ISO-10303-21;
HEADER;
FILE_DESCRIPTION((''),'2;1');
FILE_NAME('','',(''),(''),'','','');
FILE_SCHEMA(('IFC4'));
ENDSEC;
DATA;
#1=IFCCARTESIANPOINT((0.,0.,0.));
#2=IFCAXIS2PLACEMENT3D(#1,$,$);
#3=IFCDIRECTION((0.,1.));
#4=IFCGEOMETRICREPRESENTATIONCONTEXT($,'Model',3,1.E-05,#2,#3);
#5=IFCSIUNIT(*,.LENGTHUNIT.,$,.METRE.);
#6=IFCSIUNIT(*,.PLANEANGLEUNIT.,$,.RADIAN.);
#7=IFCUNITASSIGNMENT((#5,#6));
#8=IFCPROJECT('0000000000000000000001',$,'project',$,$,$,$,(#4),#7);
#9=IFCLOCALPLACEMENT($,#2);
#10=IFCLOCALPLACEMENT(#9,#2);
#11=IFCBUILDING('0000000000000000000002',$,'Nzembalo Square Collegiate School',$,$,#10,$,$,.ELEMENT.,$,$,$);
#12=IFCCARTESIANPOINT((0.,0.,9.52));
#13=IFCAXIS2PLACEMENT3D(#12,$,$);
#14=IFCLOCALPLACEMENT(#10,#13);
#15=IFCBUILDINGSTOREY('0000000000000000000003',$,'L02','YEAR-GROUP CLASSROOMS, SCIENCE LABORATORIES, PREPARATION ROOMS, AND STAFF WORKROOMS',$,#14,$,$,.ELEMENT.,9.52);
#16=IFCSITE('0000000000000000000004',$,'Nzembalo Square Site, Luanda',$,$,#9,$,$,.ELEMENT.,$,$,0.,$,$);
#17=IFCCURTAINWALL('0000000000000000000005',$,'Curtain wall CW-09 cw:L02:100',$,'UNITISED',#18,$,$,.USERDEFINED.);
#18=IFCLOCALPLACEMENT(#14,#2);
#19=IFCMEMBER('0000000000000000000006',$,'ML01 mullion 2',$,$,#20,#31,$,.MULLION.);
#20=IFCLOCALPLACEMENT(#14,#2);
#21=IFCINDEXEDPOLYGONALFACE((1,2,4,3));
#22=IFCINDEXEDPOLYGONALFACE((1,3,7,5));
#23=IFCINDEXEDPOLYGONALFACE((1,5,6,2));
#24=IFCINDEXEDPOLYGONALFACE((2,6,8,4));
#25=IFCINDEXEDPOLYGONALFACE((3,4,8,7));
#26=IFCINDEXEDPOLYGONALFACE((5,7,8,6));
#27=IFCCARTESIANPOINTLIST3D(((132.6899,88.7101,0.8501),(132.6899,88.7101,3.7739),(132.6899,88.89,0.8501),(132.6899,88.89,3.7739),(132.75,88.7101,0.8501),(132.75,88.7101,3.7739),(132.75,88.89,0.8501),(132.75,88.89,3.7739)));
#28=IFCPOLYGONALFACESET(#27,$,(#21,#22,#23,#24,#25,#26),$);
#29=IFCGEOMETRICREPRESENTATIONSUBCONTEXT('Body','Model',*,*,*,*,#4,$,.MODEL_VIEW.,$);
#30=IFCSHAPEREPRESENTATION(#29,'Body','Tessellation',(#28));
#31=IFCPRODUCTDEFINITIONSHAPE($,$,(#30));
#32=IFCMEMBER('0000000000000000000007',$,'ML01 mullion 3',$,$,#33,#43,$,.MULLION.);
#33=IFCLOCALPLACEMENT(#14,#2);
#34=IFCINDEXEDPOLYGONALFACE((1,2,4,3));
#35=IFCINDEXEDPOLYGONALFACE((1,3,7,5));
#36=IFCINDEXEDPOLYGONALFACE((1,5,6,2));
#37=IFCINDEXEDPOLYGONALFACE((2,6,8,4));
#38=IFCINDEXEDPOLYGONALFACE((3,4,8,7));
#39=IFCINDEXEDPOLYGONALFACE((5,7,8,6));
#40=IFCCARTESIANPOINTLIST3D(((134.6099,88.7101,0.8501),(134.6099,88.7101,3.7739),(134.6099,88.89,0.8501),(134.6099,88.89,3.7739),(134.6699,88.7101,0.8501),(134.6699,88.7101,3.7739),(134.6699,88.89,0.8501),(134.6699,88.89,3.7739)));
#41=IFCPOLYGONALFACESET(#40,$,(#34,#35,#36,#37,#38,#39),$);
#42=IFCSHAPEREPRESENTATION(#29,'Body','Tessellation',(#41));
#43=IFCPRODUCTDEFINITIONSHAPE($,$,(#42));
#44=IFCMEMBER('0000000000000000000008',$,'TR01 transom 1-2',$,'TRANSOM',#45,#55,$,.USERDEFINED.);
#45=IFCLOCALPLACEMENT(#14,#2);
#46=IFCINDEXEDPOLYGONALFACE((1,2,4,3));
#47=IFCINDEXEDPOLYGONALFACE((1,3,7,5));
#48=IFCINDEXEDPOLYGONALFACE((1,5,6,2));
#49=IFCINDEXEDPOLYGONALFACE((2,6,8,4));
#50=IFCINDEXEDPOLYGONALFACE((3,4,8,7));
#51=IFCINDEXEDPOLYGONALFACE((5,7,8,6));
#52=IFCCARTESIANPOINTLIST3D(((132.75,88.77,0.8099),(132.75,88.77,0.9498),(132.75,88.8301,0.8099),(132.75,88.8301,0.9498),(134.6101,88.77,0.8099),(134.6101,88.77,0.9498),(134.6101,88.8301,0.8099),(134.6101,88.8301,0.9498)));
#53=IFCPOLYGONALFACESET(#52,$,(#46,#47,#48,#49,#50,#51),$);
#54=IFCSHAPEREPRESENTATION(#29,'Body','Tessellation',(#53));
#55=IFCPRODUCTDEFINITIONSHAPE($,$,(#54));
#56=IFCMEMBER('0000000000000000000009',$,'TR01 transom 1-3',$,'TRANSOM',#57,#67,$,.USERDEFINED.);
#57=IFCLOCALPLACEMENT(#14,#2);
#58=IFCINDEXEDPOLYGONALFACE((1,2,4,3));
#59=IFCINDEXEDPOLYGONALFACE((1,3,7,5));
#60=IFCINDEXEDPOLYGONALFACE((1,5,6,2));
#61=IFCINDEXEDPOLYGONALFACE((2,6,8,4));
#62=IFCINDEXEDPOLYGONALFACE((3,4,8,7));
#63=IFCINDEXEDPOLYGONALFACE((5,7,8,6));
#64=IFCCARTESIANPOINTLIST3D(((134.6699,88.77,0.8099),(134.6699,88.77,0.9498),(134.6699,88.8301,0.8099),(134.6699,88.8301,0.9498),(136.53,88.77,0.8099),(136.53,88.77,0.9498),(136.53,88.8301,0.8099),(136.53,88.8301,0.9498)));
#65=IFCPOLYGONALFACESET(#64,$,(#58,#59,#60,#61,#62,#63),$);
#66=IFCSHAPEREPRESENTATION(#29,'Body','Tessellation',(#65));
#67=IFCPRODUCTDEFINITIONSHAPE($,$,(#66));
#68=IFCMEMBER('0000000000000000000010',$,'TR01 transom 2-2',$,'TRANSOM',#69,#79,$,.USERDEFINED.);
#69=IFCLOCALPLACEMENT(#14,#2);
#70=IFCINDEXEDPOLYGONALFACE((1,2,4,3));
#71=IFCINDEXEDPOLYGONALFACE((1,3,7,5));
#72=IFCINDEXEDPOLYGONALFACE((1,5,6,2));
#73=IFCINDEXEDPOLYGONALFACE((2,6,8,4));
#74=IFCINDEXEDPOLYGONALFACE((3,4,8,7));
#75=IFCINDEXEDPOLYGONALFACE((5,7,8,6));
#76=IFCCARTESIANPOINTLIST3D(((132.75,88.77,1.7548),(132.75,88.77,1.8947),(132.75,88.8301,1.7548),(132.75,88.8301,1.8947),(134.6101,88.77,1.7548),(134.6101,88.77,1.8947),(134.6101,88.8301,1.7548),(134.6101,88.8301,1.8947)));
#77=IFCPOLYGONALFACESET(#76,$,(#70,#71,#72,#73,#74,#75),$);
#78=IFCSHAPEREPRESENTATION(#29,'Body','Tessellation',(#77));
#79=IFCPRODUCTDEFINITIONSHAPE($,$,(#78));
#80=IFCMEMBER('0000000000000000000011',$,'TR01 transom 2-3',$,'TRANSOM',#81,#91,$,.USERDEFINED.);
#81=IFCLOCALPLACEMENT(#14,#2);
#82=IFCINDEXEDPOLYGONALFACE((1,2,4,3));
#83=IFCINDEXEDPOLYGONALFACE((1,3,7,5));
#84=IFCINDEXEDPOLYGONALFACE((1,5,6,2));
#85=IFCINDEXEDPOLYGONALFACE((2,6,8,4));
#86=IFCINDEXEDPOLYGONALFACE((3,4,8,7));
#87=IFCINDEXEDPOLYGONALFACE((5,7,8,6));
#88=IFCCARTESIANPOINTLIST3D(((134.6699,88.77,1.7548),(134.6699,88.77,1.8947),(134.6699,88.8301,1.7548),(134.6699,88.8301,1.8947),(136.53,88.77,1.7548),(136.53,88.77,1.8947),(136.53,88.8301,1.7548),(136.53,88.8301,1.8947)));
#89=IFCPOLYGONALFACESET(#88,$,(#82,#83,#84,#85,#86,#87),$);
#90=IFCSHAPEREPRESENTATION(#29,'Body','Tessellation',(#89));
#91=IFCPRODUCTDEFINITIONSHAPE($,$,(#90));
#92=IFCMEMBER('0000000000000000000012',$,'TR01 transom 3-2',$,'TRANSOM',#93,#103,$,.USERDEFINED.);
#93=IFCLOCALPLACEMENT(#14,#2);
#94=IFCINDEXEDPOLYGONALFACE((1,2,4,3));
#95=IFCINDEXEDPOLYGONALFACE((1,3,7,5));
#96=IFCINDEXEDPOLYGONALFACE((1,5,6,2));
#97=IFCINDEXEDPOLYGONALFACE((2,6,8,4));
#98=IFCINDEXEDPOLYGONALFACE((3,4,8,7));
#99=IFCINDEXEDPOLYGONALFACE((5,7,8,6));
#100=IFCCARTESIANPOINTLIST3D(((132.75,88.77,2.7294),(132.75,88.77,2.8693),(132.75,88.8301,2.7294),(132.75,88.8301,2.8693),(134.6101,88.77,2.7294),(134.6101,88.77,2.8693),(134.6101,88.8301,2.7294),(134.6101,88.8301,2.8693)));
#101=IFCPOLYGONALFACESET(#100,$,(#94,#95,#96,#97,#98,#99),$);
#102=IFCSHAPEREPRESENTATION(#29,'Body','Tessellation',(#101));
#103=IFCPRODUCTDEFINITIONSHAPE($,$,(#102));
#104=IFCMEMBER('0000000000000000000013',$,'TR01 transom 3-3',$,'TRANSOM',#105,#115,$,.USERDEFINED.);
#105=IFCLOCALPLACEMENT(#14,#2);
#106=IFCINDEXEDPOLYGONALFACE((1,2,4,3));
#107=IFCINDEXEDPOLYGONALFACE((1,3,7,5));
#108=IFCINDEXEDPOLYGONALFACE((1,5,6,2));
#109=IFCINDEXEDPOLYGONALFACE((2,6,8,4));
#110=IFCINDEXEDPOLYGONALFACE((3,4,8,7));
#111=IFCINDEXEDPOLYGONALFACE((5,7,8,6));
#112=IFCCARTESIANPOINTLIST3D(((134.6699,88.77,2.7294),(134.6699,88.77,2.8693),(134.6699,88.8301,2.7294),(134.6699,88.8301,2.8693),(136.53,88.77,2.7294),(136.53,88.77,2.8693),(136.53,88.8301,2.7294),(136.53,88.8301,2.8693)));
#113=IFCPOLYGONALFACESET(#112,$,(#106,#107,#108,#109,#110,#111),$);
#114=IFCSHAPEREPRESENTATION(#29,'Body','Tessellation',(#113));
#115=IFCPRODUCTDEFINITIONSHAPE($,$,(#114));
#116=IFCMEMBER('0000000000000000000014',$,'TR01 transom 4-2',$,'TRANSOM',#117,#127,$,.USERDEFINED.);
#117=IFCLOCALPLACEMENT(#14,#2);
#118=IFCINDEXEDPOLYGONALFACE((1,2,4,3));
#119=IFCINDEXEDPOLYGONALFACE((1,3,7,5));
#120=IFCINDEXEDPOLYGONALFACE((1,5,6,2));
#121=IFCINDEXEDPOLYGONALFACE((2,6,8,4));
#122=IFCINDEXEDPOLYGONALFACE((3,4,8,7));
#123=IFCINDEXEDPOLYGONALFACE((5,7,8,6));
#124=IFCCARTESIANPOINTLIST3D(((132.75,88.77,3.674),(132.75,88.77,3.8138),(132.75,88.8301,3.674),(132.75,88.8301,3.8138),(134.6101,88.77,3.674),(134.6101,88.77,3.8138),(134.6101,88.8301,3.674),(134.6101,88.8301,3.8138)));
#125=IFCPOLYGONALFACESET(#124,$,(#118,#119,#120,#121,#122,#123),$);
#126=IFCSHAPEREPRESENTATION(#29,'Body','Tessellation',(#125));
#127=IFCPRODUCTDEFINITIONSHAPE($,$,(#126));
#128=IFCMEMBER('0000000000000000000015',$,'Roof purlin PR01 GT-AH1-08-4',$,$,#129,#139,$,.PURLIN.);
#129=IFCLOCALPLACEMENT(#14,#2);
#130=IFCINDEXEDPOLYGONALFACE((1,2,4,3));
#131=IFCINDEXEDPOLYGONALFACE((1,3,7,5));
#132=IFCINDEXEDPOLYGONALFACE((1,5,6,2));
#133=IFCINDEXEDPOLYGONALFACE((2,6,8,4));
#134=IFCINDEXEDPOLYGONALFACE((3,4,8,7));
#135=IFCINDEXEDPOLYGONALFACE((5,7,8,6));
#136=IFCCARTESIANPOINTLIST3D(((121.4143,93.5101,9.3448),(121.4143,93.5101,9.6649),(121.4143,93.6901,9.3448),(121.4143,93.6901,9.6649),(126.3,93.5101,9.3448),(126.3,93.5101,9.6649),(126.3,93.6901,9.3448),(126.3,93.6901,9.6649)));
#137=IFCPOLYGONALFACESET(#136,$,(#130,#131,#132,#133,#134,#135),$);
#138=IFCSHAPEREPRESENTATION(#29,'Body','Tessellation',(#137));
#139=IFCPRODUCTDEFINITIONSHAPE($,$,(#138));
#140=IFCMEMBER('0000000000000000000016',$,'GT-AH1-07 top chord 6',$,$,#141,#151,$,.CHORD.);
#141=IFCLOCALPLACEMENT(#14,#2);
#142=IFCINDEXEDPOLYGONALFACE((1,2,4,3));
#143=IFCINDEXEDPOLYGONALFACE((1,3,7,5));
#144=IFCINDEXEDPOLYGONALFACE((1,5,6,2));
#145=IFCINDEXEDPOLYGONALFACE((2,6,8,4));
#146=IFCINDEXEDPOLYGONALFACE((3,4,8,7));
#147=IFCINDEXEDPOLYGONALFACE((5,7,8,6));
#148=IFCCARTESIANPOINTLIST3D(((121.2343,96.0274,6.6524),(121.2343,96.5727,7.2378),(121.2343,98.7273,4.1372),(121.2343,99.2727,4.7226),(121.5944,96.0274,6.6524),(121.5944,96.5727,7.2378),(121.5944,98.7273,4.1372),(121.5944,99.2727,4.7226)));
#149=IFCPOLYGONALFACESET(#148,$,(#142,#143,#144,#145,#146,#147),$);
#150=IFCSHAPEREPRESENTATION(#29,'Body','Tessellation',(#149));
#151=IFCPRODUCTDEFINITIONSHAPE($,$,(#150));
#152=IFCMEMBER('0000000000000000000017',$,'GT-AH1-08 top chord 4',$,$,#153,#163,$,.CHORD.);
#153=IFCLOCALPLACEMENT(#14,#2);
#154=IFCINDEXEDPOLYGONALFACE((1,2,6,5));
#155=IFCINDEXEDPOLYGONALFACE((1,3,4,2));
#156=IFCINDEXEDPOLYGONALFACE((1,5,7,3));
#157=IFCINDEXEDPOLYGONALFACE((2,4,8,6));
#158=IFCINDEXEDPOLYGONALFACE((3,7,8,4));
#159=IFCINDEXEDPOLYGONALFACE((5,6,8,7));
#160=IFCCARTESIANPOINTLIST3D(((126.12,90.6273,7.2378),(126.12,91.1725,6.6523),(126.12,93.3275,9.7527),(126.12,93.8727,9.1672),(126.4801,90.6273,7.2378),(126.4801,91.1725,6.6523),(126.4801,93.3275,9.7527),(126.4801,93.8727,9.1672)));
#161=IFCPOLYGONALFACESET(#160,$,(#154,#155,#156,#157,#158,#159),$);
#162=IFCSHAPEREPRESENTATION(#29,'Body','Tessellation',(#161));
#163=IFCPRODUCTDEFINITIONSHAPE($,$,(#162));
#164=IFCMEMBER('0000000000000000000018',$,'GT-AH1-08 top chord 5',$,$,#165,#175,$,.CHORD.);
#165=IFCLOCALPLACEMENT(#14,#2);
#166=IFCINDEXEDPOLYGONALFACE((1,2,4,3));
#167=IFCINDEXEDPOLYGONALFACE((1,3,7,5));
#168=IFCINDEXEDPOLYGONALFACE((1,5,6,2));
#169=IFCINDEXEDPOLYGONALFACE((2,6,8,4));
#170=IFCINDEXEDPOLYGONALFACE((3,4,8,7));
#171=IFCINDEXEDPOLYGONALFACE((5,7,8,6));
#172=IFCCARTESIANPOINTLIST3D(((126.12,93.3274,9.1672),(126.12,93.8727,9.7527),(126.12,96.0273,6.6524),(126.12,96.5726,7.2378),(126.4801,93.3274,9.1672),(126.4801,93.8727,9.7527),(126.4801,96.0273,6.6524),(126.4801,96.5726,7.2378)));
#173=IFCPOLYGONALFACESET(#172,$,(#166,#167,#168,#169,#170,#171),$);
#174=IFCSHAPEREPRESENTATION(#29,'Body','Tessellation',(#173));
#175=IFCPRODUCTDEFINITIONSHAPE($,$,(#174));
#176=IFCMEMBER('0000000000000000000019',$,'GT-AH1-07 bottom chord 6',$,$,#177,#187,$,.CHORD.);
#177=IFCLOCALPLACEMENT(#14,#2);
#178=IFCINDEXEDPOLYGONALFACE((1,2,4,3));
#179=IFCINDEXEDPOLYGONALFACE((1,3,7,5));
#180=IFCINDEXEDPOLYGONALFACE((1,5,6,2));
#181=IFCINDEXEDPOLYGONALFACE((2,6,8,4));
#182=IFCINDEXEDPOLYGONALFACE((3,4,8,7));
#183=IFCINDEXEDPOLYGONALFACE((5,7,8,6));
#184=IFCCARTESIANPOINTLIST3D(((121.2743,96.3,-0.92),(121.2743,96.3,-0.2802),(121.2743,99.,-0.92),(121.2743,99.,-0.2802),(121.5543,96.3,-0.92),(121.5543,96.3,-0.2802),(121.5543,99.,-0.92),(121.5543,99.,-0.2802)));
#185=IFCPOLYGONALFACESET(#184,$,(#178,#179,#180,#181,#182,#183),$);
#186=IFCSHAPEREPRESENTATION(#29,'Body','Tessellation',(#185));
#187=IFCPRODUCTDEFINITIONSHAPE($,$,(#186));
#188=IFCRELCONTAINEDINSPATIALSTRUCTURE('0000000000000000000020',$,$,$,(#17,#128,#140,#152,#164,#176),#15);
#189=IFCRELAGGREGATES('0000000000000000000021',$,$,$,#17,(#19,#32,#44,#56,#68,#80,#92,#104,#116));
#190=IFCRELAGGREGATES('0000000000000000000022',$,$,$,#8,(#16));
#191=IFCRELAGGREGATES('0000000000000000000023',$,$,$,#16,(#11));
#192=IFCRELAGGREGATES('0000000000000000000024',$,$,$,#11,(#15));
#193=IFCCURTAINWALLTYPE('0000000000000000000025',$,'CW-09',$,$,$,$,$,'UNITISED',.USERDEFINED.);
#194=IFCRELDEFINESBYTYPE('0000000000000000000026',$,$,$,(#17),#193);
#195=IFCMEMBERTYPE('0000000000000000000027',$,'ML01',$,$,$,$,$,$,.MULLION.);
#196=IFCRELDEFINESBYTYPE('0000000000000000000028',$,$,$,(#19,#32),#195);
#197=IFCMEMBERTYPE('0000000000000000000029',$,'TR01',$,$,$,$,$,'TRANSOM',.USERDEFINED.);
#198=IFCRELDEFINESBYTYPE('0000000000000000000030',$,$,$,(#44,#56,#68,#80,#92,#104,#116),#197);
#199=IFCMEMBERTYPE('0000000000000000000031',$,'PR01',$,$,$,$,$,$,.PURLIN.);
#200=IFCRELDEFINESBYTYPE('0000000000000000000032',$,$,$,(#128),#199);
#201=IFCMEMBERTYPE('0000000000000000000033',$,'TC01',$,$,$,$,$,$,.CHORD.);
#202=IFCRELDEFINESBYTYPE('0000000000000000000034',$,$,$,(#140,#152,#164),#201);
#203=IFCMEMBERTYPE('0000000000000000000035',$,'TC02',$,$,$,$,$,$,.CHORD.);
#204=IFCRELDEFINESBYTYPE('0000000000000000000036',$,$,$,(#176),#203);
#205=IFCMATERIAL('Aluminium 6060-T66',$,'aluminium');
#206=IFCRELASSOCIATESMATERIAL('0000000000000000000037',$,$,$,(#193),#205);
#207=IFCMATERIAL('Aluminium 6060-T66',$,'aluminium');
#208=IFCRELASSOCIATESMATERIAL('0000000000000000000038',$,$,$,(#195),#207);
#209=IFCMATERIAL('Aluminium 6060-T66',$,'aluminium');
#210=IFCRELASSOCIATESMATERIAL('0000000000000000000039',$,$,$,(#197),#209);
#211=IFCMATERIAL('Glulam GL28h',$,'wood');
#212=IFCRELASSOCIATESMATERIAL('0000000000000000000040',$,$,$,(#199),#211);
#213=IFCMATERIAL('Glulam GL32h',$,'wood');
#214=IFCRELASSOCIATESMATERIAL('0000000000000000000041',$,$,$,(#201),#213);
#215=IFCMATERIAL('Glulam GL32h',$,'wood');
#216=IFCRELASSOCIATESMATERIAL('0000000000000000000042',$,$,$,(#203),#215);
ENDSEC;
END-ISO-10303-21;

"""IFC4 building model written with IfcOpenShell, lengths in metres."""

from ifc_helpers import new_model, si_unit, direction, frame, origin, origin_2d, place, context, subcontext, project, spatial, rectangle, extrude, material, material_profile, profile_set, type_object, element, aggregate, save


model = new_model("IFC4")

# Units and contexts
model_context = context("Model", 3, precision=1e-05, world=origin(), true_north=direction((0.0, 1.0)))
body_context = subcontext(model_context, "Body", "Model", "MODEL_VIEW")
ifc_project = project(units=[si_unit("LENGTHUNIT", "METRE"), si_unit("PLANEANGLEUNIT", "RADIAN")], contexts=[model_context])

# Site, building, storey
site_placement = place(None, origin())
site = spatial("IfcSite", under=ifc_project, at=site_placement, Name="Nzembalo Square Site, Luanda", CompositionType="ELEMENT", RefElevation=0.0)
building_placement = place(site_placement, origin())
building = spatial("IfcBuilding", under=site, at=building_placement, Name="Nzembalo Square Collegiate School", CompositionType="ELEMENT")
storey_placement = place(building_placement, frame((0.0, 0.0, 9.52)))
storey = spatial("IfcBuildingStorey", under=building, at=storey_placement, Name="L02", Description="YEAR-GROUP CLASSROOMS, SCIENCE LABORATORIES, PREPARATION ROOMS, AND STAFF WORKROOMS", CompositionType="ELEMENT", Elevation=9.52)

# Curtain wall, members
ifc_material_1 = material(Name="Aluminium 6060-T66", Category="aluminium")
curtain_wall_type = type_object("IfcCurtainWallType", Name="CW-09", ElementType="UNITISED", PredefinedType="USERDEFINED", material=ifc_material_1)
curtain_wall_placement = place(storey_placement, origin())
curtain_wall = element("IfcCurtainWall", 1, at=curtain_wall_placement, inside=storey, type_object=curtain_wall_type, Name="Curtain wall CW-09 cw:L02:100", ObjectType="UNITISED", PredefinedType="USERDEFINED")
ifc_material_2 = material(Name="Aluminium 6060-T66", Category="aluminium")
ifc_material_profile_1 = material_profile(ifc_material_2, rectangle(XDim=0.0601, YDim=0.1799, at=origin_2d()), Name="ALU M60x180")
ifc_profile_set_1 = profile_set([ifc_material_profile_1], Name="Aluminium 6060-T66")
member_type_1 = type_object("IfcMemberType", Name="ML01", PredefinedType="MULLION", material=ifc_profile_set_1)
member_1_placement = place(storey_placement, frame((132.72, 88.8, 0.8501), z_axis=(0.0, 0.0, 1.0), x_axis=(1.0, 0.0, 0.0)))
member_1 = element("IfcMember", 2, at=member_1_placement, type_object=member_type_1, Name="ML01 mullion 2", PredefinedType="MULLION", context=body_context, shape_type="SweptSolid", body=[
    extrude(rectangle(XDim=0.0601, YDim=0.1799, at=origin_2d()), origin(), (0.0, 0.0, 1.0), 2.9238),
])
member_2_placement = place(storey_placement, frame((134.6399, 88.8, 0.8501), z_axis=(0.0, 0.0, 1.0), x_axis=(1.0, 0.0, 0.0)))
member_2 = element("IfcMember", 3, at=member_2_placement, type_object=member_type_1, Name="ML01 mullion 3", PredefinedType="MULLION", context=body_context, shape_type="SweptSolid", body=[
    extrude(rectangle(XDim=0.0601, YDim=0.1799, at=origin_2d()), origin(), (0.0, 0.0, 1.0), 2.9238),
])
ifc_material_3 = material(Name="Aluminium 6060-T66", Category="aluminium")
ifc_material_profile_2 = material_profile(ifc_material_3, rectangle(XDim=0.0601, YDim=0.1399, at=origin_2d()), Name="ALU T60x140")
ifc_profile_set_2 = profile_set([ifc_material_profile_2], Name="Aluminium 6060-T66")
member_type_2 = type_object("IfcMemberType", Name="TR01", ElementType="TRANSOM", PredefinedType="USERDEFINED", material=ifc_profile_set_2)
member_3_placement = place(storey_placement, frame((132.75, 88.8, 0.8799), z_axis=(1.0, 0.0, 0.0), x_axis=(0.0, 1.0, 0.0)))
member_3 = element("IfcMember", 4, at=member_3_placement, type_object=member_type_2, Name="TR01 transom 1-2", ObjectType="TRANSOM", PredefinedType="USERDEFINED", context=body_context, shape_type="SweptSolid", body=[
    extrude(rectangle(XDim=0.0601, YDim=0.1399, at=origin_2d()), origin(), (0.0, 0.0, 1.0), 1.8601),
])
member_4_placement = place(storey_placement, frame((134.6699, 88.8, 0.8799), z_axis=(1.0, 0.0, 0.0), x_axis=(0.0, 1.0, 0.0)))
member_4 = element("IfcMember", 5, at=member_4_placement, type_object=member_type_2, Name="TR01 transom 1-3", ObjectType="TRANSOM", PredefinedType="USERDEFINED", context=body_context, shape_type="SweptSolid", body=[
    extrude(rectangle(XDim=0.0601, YDim=0.1399, at=origin_2d()), origin(), (0.0, 0.0, 1.0), 1.8601),
])
member_5_placement = place(storey_placement, frame((132.75, 88.8, 1.8247), z_axis=(1.0, 0.0, 0.0), x_axis=(0.0, 1.0, 0.0)))
member_5 = element("IfcMember", 6, at=member_5_placement, type_object=member_type_2, Name="TR01 transom 2-2", ObjectType="TRANSOM", PredefinedType="USERDEFINED", context=body_context, shape_type="SweptSolid", body=[
    extrude(rectangle(XDim=0.0601, YDim=0.1399, at=origin_2d()), origin(), (0.0, 0.0, 1.0), 1.8601),
])
member_6_placement = place(storey_placement, frame((134.6699, 88.8, 1.8247), z_axis=(1.0, 0.0, 0.0), x_axis=(0.0, 1.0, 0.0)))
member_6 = element("IfcMember", 7, at=member_6_placement, type_object=member_type_2, Name="TR01 transom 2-3", ObjectType="TRANSOM", PredefinedType="USERDEFINED", context=body_context, shape_type="SweptSolid", body=[
    extrude(rectangle(XDim=0.0601, YDim=0.1399, at=origin_2d()), origin(), (0.0, 0.0, 1.0), 1.8601),
])
member_7_placement = place(storey_placement, frame((132.75, 88.8, 2.7993), z_axis=(1.0, 0.0, 0.0), x_axis=(0.0, 1.0, 0.0)))
member_7 = element("IfcMember", 8, at=member_7_placement, type_object=member_type_2, Name="TR01 transom 3-2", ObjectType="TRANSOM", PredefinedType="USERDEFINED", context=body_context, shape_type="SweptSolid", body=[
    extrude(rectangle(XDim=0.0601, YDim=0.1399, at=origin_2d()), origin(), (0.0, 0.0, 1.0), 1.8601),
])
member_8_placement = place(storey_placement, frame((134.6699, 88.8, 2.7993), z_axis=(1.0, 0.0, 0.0), x_axis=(0.0, 1.0, 0.0)))
member_8 = element("IfcMember", 9, at=member_8_placement, type_object=member_type_2, Name="TR01 transom 3-3", ObjectType="TRANSOM", PredefinedType="USERDEFINED", context=body_context, shape_type="SweptSolid", body=[
    extrude(rectangle(XDim=0.0601, YDim=0.1399, at=origin_2d()), origin(), (0.0, 0.0, 1.0), 1.8601),
])
member_9_placement = place(storey_placement, frame((132.75, 88.8, 3.7439), z_axis=(1.0, 0.0, 0.0), x_axis=(0.0, 1.0, 0.0)))
member_9 = element("IfcMember", 10, at=member_9_placement, type_object=member_type_2, Name="TR01 transom 4-2", ObjectType="TRANSOM", PredefinedType="USERDEFINED", context=body_context, shape_type="SweptSolid", body=[
    extrude(rectangle(XDim=0.0601, YDim=0.1399, at=origin_2d()), origin(), (0.0, 0.0, 1.0), 1.8601),
])

# Members
ifc_material_4 = material(Name="Glulam GL28h", Category="wood")
ifc_material_profile_3 = material_profile(ifc_material_4, rectangle(XDim=0.1799, YDim=0.3201, at=origin_2d()), Name="GL28h 180x320")
ifc_profile_set_3 = profile_set([ifc_material_profile_3], Name="Glulam GL28h")
member_type_3 = type_object("IfcMemberType", Name="PR01", PredefinedType="PURLIN", material=ifc_profile_set_3)
member_10_placement = place(storey_placement, frame((121.4143, 93.6001, 9.5049), z_axis=(1.0, 0.0, 0.0), x_axis=(0.0, 1.0, 0.0)))
element("IfcMember", 11, at=member_10_placement, inside=storey, type_object=member_type_3, Name="Roof purlin PR01 GT-AH1-08-4", PredefinedType="PURLIN", context=body_context, shape_type="SweptSolid", body=[
    extrude(rectangle(XDim=0.1799, YDim=0.3201, at=origin_2d()), origin(), (0.0, 0.0, 1.0), 4.8857),
])
ifc_material_5 = material(Name="Glulam GL32h", Category="wood")
ifc_material_profile_4 = material_profile(ifc_material_5, rectangle(XDim=0.3601, YDim=0.8, at=origin_2d()), Name="GL32h 360x800")
ifc_profile_set_4 = profile_set([ifc_material_profile_4], Name="Glulam GL32h")
member_type_4 = type_object("IfcMemberType", Name="TC01", PredefinedType="CHORD", material=ifc_profile_set_4)
for number, where, z_axis, x_axis, name in (
    (12, (121.4143, 96.3, 6.9451), (0.0, 0.731706, -0.68162), (-1.0, 0.0, 0.0), "GT-AH1-07 top chord 6"),
    (13, (126.3, 90.8999, 6.9451), (0.0, 0.73177, 0.681552), (-1.0, 0.0, 0.0), "GT-AH1-08 top chord 4"),
):
    element("IfcMember", number, at=place(storey_placement, frame(where, z_axis=z_axis, x_axis=x_axis)), inside=storey, type_object=member_type_4, Name=name, PredefinedType="CHORD", context=body_context, shape_type="SweptSolid", body=[
        extrude(rectangle(XDim=0.3601, YDim=0.8, at=origin_2d()), origin(), (0.0, 0.0, 1.0), 3.6899),
    ])
member_11_placement = place(storey_placement, frame((126.3, 93.6001, 9.46), z_axis=(0.0, 0.731739, -0.681585), x_axis=(-1.0, 0.0, 0.0)))
element("IfcMember", 14, at=member_11_placement, inside=storey, type_object=member_type_4, Name="GT-AH1-08 top chord 5", PredefinedType="CHORD", context=body_context, shape_type="SweptSolid", body=[
    extrude(rectangle(XDim=0.3601, YDim=0.8, at=origin_2d()), origin(), (0.0, 0.0, 1.0), 3.6897),
])
ifc_material_6 = material(Name="Glulam GL32h", Category="wood")
ifc_material_profile_5 = material_profile(ifc_material_6, rectangle(XDim=0.28, YDim=0.6399, at=origin_2d()), Name="GL32h 280x640")
ifc_profile_set_5 = profile_set([ifc_material_profile_5], Name="Glulam GL32h")
member_type_5 = type_object("IfcMemberType", Name="TC02", PredefinedType="CHORD", material=ifc_profile_set_5)
member_12_placement = place(storey_placement, frame((121.4143, 96.3, -0.6001), z_axis=(0.0, 1.0, 0.0), x_axis=(-1.0, 0.0, 0.0)))
element("IfcMember", 15, at=member_12_placement, inside=storey, type_object=member_type_5, Name="GT-AH1-07 bottom chord 6", PredefinedType="CHORD", context=body_context, shape_type="SweptSolid", body=[
    extrude(rectangle(XDim=0.28, YDim=0.6399, at=origin_2d()), origin(), (0.0, 0.0, 1.0), 2.7),
])

aggregate(curtain_wall, [member_1, member_2, member_3, member_4, member_5, member_6, member_7, member_8, member_9])

save(model, "model.ifc")
